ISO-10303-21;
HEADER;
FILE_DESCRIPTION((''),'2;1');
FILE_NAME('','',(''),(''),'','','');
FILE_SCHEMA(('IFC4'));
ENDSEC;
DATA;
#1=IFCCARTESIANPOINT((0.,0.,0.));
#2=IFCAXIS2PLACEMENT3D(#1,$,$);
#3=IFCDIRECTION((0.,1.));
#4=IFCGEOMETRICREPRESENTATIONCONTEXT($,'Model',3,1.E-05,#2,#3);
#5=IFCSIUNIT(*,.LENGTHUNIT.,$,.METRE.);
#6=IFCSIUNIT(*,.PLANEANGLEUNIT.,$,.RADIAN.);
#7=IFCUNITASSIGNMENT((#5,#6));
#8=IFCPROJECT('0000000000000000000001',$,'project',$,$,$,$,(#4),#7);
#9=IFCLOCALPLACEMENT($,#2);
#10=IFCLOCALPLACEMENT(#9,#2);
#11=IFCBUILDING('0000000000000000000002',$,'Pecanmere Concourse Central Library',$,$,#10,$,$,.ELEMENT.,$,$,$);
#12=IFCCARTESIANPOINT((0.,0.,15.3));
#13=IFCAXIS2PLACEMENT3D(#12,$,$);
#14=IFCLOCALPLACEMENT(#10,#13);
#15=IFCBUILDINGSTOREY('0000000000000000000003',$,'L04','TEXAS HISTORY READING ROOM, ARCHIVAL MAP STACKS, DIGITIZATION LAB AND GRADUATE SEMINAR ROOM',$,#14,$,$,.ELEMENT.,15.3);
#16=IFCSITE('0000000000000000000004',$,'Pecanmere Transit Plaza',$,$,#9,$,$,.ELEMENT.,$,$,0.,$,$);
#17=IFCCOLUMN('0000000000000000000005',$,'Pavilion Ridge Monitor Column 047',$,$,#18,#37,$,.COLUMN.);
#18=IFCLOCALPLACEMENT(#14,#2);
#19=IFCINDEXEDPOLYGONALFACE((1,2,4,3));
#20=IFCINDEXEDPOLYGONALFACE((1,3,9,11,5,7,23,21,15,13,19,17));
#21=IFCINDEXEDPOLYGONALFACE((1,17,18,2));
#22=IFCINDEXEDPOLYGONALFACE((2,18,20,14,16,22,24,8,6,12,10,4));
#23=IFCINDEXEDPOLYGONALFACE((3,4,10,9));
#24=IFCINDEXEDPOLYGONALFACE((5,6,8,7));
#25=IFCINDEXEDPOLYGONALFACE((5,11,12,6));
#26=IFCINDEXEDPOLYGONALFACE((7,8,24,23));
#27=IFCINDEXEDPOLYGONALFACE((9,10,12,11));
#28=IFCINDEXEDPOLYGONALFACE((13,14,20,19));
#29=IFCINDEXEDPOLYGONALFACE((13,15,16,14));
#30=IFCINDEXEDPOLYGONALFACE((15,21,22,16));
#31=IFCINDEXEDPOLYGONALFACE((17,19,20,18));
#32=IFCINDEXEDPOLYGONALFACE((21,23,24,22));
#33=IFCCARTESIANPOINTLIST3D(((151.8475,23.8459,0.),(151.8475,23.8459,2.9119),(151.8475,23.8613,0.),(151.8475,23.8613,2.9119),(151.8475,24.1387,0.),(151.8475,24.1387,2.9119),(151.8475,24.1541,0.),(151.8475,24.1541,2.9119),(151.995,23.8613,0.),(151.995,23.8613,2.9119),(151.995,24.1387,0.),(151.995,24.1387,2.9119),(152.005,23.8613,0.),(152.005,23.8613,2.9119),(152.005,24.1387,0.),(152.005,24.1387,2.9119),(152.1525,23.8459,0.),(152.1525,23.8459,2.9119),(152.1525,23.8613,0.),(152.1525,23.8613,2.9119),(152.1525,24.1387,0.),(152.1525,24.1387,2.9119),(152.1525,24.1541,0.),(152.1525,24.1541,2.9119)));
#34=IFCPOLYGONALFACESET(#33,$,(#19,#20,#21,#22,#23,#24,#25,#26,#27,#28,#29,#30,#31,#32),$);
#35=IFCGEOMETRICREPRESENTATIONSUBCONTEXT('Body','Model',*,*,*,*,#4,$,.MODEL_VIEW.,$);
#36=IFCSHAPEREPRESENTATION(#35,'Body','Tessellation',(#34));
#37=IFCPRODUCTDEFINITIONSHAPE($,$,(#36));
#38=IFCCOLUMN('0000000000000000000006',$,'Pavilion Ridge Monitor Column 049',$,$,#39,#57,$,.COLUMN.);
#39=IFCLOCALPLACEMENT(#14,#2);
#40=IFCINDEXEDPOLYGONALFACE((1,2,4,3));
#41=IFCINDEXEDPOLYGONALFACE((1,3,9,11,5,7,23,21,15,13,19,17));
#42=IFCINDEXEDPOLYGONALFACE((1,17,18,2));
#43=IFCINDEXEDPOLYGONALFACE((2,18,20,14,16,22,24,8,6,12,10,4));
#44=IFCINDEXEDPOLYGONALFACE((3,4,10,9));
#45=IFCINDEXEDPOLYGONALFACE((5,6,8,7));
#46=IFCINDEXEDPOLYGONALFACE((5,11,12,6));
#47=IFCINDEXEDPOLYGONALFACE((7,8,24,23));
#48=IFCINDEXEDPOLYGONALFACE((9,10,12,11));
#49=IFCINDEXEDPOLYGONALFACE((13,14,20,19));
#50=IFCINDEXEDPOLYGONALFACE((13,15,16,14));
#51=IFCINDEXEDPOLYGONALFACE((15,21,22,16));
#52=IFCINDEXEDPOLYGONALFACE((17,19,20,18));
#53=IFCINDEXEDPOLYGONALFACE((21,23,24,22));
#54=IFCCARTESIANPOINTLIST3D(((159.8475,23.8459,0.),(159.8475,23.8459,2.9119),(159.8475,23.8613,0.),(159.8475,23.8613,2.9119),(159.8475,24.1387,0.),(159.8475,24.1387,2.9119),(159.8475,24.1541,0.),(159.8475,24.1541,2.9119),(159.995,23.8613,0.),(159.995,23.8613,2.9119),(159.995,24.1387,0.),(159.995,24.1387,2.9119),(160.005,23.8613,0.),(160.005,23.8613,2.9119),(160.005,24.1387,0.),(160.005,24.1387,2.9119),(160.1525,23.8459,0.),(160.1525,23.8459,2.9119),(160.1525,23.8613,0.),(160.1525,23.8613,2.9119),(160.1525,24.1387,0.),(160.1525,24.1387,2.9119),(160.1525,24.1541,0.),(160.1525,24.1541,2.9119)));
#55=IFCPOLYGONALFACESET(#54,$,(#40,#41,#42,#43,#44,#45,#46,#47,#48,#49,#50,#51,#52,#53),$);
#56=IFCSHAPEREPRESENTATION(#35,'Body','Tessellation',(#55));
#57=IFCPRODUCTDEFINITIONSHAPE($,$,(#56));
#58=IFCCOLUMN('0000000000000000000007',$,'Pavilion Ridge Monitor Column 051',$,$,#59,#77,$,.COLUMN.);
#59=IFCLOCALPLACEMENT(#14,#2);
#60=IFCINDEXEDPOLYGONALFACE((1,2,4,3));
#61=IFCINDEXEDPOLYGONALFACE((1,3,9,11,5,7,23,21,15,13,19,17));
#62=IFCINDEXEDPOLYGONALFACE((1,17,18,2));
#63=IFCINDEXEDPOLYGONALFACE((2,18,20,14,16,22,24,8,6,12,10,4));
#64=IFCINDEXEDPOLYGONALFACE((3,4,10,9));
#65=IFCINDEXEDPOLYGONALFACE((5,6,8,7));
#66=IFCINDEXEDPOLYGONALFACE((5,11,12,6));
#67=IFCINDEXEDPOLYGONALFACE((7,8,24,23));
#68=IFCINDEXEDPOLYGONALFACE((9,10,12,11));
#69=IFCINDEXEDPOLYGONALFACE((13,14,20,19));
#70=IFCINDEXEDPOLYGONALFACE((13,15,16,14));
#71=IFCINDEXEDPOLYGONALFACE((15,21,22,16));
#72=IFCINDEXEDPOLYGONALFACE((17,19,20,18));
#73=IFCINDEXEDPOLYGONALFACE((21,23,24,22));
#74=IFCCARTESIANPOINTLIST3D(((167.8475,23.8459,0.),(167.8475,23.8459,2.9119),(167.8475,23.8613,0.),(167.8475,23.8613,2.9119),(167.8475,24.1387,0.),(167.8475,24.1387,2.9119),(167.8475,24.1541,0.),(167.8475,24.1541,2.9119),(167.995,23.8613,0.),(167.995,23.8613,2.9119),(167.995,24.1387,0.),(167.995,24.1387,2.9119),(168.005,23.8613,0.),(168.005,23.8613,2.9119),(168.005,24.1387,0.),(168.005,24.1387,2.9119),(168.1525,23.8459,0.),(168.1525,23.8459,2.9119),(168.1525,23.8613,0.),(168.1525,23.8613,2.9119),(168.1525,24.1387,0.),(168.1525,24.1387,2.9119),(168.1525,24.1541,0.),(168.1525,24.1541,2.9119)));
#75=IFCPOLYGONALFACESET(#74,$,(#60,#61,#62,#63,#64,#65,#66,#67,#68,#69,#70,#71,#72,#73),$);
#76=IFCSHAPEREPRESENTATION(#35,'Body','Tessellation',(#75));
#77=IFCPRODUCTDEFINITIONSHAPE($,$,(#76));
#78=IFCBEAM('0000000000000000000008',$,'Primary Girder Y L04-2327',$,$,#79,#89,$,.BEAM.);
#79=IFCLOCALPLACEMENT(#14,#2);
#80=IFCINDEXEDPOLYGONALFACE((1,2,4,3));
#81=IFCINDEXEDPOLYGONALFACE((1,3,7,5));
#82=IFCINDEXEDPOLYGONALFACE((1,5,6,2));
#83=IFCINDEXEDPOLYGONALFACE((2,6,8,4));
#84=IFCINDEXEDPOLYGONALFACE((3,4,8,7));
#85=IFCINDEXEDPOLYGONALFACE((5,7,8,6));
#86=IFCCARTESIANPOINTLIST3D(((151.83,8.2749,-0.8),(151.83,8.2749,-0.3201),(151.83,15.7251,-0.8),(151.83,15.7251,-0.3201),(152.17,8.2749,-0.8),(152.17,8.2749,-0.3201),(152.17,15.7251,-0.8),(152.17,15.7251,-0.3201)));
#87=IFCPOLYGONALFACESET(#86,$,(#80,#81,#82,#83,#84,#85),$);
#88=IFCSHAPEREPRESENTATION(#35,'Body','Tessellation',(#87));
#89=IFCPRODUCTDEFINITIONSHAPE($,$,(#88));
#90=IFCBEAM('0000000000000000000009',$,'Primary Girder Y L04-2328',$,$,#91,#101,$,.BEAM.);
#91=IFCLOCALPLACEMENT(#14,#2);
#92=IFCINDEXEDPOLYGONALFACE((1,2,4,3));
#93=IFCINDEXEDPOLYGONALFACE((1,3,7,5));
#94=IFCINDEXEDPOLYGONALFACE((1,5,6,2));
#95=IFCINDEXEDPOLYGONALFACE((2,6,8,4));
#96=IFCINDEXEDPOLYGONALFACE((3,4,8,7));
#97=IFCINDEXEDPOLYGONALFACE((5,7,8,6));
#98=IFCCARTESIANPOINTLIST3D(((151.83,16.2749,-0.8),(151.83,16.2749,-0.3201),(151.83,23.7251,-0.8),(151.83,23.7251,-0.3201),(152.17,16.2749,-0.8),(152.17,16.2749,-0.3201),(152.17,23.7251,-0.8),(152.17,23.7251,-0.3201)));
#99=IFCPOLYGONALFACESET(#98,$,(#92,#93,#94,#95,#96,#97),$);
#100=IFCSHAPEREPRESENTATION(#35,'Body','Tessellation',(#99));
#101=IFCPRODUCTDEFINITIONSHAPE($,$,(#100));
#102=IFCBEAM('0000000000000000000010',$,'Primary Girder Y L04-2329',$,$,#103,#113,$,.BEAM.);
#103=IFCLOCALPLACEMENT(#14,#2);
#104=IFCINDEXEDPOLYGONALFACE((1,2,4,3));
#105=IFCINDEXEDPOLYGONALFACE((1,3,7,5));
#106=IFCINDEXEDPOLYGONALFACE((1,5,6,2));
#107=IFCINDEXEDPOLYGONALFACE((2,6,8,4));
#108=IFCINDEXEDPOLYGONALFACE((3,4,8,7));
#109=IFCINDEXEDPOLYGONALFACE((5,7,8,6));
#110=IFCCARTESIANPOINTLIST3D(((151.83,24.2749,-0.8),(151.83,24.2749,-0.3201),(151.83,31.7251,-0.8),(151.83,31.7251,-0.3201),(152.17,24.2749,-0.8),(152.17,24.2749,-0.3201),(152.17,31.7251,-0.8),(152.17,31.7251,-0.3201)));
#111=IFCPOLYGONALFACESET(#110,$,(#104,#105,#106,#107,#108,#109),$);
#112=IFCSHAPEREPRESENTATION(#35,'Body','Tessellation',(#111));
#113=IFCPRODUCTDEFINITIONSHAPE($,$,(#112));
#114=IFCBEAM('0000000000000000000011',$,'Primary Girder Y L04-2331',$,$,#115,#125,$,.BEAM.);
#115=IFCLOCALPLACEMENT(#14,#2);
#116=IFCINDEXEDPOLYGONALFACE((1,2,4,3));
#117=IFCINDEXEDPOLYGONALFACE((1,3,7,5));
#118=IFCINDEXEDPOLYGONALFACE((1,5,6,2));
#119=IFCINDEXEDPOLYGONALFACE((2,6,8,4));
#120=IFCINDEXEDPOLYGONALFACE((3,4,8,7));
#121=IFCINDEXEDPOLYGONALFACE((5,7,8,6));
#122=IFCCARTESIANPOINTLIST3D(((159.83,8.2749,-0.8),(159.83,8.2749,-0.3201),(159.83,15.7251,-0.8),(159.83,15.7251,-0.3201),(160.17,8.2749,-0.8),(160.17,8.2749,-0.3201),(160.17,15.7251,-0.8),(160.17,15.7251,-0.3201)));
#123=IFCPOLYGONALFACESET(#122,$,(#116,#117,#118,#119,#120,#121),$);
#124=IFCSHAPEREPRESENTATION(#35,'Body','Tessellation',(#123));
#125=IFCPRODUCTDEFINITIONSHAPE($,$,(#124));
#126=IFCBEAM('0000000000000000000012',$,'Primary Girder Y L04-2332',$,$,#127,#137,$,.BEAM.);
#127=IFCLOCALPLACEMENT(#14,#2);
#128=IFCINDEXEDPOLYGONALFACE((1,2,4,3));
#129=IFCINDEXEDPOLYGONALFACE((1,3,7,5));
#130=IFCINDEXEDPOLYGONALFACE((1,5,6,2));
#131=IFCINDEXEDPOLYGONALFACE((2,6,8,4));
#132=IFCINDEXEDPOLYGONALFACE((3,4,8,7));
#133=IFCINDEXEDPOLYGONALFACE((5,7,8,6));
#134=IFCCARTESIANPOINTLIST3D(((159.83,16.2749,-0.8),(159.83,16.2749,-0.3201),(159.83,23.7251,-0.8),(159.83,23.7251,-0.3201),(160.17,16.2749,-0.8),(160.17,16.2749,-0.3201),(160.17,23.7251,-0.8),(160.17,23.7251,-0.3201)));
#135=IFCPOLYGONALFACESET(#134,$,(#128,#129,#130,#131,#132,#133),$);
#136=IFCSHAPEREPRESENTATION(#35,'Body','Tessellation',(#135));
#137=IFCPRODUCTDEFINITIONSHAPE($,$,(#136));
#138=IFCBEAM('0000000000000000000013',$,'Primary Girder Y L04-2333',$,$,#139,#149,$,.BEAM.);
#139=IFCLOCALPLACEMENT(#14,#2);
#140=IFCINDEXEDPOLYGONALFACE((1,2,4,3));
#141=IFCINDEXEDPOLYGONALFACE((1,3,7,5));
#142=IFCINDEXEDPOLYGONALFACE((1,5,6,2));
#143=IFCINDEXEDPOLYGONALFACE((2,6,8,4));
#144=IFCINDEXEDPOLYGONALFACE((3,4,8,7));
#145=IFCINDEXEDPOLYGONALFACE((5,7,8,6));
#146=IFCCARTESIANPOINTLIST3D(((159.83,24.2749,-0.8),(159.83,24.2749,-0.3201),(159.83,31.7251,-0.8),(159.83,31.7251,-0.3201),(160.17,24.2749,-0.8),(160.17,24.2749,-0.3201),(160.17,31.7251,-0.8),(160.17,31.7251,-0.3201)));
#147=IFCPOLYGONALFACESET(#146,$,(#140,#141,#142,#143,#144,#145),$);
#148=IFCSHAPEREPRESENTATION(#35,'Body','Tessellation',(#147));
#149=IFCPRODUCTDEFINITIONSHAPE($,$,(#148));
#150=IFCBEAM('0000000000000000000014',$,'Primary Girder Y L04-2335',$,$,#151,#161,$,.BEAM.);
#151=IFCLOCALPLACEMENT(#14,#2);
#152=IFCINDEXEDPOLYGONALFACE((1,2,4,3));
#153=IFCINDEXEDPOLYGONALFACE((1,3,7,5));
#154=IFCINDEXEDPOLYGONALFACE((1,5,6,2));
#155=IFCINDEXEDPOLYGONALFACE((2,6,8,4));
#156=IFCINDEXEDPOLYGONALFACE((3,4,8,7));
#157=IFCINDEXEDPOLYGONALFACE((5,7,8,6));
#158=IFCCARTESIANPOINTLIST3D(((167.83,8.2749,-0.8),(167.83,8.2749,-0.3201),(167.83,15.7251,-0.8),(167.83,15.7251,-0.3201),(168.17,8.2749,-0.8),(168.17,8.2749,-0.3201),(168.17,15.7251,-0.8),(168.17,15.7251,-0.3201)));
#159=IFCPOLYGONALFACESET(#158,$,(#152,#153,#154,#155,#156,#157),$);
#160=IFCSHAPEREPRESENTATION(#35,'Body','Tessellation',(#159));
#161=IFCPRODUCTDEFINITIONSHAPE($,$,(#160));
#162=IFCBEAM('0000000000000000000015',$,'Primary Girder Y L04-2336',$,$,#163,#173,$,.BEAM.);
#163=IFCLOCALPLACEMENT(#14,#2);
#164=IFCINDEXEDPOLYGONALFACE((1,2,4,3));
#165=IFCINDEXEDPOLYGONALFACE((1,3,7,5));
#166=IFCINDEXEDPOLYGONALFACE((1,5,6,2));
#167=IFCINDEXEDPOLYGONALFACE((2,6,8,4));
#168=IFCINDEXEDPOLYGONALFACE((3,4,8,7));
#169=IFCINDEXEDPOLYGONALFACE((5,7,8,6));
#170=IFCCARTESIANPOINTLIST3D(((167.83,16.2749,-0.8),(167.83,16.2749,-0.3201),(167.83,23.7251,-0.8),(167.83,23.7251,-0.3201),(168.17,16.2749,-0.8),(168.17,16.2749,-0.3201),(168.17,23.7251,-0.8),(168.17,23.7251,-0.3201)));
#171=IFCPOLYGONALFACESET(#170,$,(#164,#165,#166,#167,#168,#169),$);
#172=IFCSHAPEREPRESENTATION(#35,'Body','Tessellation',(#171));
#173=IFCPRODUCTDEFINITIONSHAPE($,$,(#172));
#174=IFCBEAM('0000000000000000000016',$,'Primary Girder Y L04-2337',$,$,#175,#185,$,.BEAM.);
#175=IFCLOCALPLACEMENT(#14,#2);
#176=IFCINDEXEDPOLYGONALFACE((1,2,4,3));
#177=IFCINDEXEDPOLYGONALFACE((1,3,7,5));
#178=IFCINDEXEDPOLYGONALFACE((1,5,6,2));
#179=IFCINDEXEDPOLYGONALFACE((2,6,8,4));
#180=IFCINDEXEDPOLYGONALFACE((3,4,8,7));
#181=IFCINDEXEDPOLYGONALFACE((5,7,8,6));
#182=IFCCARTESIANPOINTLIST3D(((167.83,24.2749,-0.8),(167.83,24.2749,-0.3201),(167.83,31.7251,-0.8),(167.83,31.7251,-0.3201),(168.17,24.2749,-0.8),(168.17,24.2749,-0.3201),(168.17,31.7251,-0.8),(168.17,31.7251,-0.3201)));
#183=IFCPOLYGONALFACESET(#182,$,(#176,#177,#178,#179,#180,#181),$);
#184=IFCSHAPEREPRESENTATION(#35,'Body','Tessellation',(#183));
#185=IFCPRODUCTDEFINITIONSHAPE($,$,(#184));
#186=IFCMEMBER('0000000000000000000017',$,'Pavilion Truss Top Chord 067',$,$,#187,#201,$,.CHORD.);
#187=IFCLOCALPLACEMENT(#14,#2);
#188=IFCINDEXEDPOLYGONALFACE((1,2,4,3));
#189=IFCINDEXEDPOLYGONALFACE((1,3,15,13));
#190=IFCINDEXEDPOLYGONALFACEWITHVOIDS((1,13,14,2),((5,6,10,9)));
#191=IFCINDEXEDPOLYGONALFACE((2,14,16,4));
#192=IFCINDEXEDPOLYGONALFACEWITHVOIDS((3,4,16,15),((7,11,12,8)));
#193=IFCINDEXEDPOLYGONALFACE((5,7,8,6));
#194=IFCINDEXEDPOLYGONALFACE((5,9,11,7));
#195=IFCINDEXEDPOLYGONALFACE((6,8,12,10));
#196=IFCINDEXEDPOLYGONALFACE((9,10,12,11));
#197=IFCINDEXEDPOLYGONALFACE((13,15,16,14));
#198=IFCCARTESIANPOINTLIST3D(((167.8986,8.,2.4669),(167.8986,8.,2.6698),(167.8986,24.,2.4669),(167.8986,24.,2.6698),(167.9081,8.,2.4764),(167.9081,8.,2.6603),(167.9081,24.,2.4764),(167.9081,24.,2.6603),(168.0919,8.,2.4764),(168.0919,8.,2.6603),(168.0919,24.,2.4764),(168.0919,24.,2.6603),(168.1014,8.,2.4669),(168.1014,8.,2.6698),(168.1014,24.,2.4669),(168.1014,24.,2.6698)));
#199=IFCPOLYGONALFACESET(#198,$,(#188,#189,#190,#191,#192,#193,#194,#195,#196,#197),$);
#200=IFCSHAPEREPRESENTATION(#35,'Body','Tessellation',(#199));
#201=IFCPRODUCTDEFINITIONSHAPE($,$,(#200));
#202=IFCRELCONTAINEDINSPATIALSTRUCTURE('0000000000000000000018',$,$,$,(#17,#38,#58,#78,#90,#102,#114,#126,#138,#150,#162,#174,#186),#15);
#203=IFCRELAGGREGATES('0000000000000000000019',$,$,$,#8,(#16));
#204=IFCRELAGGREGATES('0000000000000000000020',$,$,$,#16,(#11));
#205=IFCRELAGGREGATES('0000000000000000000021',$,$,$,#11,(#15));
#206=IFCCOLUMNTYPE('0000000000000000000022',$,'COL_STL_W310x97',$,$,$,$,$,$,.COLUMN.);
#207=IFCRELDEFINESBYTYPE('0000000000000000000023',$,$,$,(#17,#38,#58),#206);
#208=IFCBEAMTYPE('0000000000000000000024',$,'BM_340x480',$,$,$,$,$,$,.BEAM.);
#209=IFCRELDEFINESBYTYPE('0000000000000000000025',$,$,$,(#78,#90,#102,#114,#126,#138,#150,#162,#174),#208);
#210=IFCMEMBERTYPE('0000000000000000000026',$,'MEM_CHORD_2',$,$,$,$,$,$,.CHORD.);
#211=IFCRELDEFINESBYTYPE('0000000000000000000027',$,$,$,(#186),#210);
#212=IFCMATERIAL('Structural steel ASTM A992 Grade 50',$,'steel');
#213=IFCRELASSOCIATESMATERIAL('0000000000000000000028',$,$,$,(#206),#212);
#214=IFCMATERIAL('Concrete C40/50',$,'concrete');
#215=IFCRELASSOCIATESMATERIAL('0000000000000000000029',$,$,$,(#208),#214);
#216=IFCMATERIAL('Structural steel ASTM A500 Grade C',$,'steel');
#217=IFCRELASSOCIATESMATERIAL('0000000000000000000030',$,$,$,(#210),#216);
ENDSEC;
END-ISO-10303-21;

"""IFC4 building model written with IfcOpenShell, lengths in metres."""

from ifc_helpers import new_model, si_unit, direction, frame, origin, origin_2d, place, context, subcontext, project, spatial, rectangle, hollow_rectangle, i_section, extrude, material, material_profile, profile_set, type_object, element, save


model = new_model("IFC4")

# Units and contexts
model_context = context("Model", 3, precision=1e-05, world=origin(), true_north=direction((0.0, 1.0)))
body_context = subcontext(model_context, "Body", "Model", "MODEL_VIEW")
ifc_project = project(units=[si_unit("LENGTHUNIT", "METRE"), si_unit("PLANEANGLEUNIT", "RADIAN")], contexts=[model_context])

# Site, building, storey
site_placement = place(None, origin())
site = spatial("IfcSite", under=ifc_project, at=site_placement, Name="Pecanmere Transit Plaza", CompositionType="ELEMENT", RefElevation=0.0)
building_placement = place(site_placement, origin())
building = spatial("IfcBuilding", under=site, at=building_placement, Name="Pecanmere Concourse Central Library", CompositionType="ELEMENT")
storey_placement = place(building_placement, frame((0.0, 0.0, 15.3)))
storey = spatial("IfcBuildingStorey", under=building, at=storey_placement, Name="L04", Description="TEXAS HISTORY READING ROOM, ARCHIVAL MAP STACKS, DIGITIZATION LAB AND GRADUATE SEMINAR ROOM", CompositionType="ELEMENT", Elevation=15.3)

# Columns
ifc_material_1 = material(Name="Structural steel ASTM A992 Grade 50", Category="steel")
ifc_material_profile_1 = material_profile(ifc_material_1, i_section(OverallWidth=0.3049, OverallDepth=0.3081, WebThickness=0.01, FlangeThickness=0.0154, at=origin_2d()), Name="W310x97")
ifc_profile_set_1 = profile_set([ifc_material_profile_1], Name="Structural steel ASTM A992 Grade 50")
column_type = type_object("IfcColumnType", Name="COL_STL_W310x97", PredefinedType="COLUMN", material=ifc_profile_set_1)
for number, where, z_axis, x_axis, name in (
    (1, (152.0, 24.0, 0.0), (0.0, 0.0, 1.0), (1.0, 0.0, 0.0), "Pavilion Ridge Monitor Column 047"),
    (2, (160.0, 24.0, 0.0), (0.0, 0.0, 1.0), (1.0, 0.0, 0.0), "Pavilion Ridge Monitor Column 049"),
    (3, (168.0, 24.0, 0.0), (0.0, 0.0, 1.0), (1.0, 0.0, 0.0), "Pavilion Ridge Monitor Column 051"),
):
    element("IfcColumn", number, at=place(storey_placement, frame(where, z_axis=z_axis, x_axis=x_axis)), inside=storey, type_object=column_type, Name=name, PredefinedType="COLUMN", context=body_context, shape_type="SweptSolid", body=[
        extrude(i_section(OverallWidth=0.3049, OverallDepth=0.3081, WebThickness=0.01, FlangeThickness=0.0154, at=origin_2d()), origin(), (0.0, 0.0, 1.0), 2.9119),
    ])

# Beams
ifc_material_2 = material(Name="Concrete C40/50", Category="concrete")
ifc_material_profile_2 = material_profile(ifc_material_2, rectangle(XDim=0.3401, YDim=0.48, at=origin_2d()), Name="RC 340x480")
ifc_profile_set_2 = profile_set([ifc_material_profile_2], Name="Concrete C40/50")
beam_type_1 = type_object("IfcBeamType", Name="BM_340x480", PredefinedType="BEAM", material=ifc_profile_set_2)
for number, where, z_axis, x_axis, name in (
    (4, (152.0, 8.2749, -0.5601), (0.0, 1.0, 0.0), (-1.0, 0.0, 0.0), "Primary Girder Y L04-2327"),
    (5, (152.0, 16.2749, -0.5601), (0.0, 1.0, 0.0), (-1.0, 0.0, 0.0), "Primary Girder Y L04-2328"),
    (6, (152.0, 24.2749, -0.5601), (0.0, 1.0, 0.0), (-1.0, 0.0, 0.0), "Primary Girder Y L04-2329"),
    (7, (160.0, 8.2749, -0.5601), (0.0, 1.0, 0.0), (-1.0, 0.0, 0.0), "Primary Girder Y L04-2331"),
    (8, (160.0, 16.2749, -0.5601), (0.0, 1.0, 0.0), (-1.0, 0.0, 0.0), "Primary Girder Y L04-2332"),
    (9, (160.0, 24.2749, -0.5601), (0.0, 1.0, 0.0), (-1.0, 0.0, 0.0), "Primary Girder Y L04-2333"),
    (10, (168.0, 8.2749, -0.5601), (0.0, 1.0, 0.0), (-1.0, 0.0, 0.0), "Primary Girder Y L04-2335"),
    (11, (168.0, 16.2749, -0.5601), (0.0, 1.0, 0.0), (-1.0, 0.0, 0.0), "Primary Girder Y L04-2336"),
    (12, (168.0, 24.2749, -0.5601), (0.0, 1.0, 0.0), (-1.0, 0.0, 0.0), "Primary Girder Y L04-2337"),
):
    element("IfcBeam", number, at=place(storey_placement, frame(where, z_axis=z_axis, x_axis=x_axis)), inside=storey, type_object=beam_type_1, Name=name, PredefinedType="BEAM", context=body_context, shape_type="SweptSolid", body=[
        extrude(rectangle(XDim=0.3401, YDim=0.48, at=origin_2d()), origin(), (0.0, 0.0, 1.0), 7.4502),
    ])

# Member
ifc_material_3 = material(Name="Structural steel ASTM A500 Grade C", Category="steel")
ifc_material_profile_3 = material_profile(ifc_material_3, hollow_rectangle(XDim=0.2029, YDim=0.2029, WallThickness=0.0095, at=origin_2d()), Name="HSS203x203x9.5")
ifc_profile_set_3 = profile_set([ifc_material_profile_3], Name="Structural steel ASTM A500 Grade C")
member_type = type_object("IfcMemberType", Name="MEM_CHORD_2", PredefinedType="CHORD", material=ifc_profile_set_3)
member_placement = place(storey_placement, frame((168.0, 8.0, 2.5684), z_axis=(0.0, 1.0, 0.0), x_axis=(-1.0, 0.0, 0.0)))
element("IfcMember", 13, at=member_placement, inside=storey, type_object=member_type, Name="Pavilion Truss Top Chord 067", PredefinedType="CHORD", context=body_context, shape_type="SweptSolid", body=[
    extrude(hollow_rectangle(XDim=0.2029, YDim=0.2029, WallThickness=0.0095, at=origin_2d()), origin(), (0.0, 0.0, 1.0), 16.0),
])

save(model, "model.ifc")
